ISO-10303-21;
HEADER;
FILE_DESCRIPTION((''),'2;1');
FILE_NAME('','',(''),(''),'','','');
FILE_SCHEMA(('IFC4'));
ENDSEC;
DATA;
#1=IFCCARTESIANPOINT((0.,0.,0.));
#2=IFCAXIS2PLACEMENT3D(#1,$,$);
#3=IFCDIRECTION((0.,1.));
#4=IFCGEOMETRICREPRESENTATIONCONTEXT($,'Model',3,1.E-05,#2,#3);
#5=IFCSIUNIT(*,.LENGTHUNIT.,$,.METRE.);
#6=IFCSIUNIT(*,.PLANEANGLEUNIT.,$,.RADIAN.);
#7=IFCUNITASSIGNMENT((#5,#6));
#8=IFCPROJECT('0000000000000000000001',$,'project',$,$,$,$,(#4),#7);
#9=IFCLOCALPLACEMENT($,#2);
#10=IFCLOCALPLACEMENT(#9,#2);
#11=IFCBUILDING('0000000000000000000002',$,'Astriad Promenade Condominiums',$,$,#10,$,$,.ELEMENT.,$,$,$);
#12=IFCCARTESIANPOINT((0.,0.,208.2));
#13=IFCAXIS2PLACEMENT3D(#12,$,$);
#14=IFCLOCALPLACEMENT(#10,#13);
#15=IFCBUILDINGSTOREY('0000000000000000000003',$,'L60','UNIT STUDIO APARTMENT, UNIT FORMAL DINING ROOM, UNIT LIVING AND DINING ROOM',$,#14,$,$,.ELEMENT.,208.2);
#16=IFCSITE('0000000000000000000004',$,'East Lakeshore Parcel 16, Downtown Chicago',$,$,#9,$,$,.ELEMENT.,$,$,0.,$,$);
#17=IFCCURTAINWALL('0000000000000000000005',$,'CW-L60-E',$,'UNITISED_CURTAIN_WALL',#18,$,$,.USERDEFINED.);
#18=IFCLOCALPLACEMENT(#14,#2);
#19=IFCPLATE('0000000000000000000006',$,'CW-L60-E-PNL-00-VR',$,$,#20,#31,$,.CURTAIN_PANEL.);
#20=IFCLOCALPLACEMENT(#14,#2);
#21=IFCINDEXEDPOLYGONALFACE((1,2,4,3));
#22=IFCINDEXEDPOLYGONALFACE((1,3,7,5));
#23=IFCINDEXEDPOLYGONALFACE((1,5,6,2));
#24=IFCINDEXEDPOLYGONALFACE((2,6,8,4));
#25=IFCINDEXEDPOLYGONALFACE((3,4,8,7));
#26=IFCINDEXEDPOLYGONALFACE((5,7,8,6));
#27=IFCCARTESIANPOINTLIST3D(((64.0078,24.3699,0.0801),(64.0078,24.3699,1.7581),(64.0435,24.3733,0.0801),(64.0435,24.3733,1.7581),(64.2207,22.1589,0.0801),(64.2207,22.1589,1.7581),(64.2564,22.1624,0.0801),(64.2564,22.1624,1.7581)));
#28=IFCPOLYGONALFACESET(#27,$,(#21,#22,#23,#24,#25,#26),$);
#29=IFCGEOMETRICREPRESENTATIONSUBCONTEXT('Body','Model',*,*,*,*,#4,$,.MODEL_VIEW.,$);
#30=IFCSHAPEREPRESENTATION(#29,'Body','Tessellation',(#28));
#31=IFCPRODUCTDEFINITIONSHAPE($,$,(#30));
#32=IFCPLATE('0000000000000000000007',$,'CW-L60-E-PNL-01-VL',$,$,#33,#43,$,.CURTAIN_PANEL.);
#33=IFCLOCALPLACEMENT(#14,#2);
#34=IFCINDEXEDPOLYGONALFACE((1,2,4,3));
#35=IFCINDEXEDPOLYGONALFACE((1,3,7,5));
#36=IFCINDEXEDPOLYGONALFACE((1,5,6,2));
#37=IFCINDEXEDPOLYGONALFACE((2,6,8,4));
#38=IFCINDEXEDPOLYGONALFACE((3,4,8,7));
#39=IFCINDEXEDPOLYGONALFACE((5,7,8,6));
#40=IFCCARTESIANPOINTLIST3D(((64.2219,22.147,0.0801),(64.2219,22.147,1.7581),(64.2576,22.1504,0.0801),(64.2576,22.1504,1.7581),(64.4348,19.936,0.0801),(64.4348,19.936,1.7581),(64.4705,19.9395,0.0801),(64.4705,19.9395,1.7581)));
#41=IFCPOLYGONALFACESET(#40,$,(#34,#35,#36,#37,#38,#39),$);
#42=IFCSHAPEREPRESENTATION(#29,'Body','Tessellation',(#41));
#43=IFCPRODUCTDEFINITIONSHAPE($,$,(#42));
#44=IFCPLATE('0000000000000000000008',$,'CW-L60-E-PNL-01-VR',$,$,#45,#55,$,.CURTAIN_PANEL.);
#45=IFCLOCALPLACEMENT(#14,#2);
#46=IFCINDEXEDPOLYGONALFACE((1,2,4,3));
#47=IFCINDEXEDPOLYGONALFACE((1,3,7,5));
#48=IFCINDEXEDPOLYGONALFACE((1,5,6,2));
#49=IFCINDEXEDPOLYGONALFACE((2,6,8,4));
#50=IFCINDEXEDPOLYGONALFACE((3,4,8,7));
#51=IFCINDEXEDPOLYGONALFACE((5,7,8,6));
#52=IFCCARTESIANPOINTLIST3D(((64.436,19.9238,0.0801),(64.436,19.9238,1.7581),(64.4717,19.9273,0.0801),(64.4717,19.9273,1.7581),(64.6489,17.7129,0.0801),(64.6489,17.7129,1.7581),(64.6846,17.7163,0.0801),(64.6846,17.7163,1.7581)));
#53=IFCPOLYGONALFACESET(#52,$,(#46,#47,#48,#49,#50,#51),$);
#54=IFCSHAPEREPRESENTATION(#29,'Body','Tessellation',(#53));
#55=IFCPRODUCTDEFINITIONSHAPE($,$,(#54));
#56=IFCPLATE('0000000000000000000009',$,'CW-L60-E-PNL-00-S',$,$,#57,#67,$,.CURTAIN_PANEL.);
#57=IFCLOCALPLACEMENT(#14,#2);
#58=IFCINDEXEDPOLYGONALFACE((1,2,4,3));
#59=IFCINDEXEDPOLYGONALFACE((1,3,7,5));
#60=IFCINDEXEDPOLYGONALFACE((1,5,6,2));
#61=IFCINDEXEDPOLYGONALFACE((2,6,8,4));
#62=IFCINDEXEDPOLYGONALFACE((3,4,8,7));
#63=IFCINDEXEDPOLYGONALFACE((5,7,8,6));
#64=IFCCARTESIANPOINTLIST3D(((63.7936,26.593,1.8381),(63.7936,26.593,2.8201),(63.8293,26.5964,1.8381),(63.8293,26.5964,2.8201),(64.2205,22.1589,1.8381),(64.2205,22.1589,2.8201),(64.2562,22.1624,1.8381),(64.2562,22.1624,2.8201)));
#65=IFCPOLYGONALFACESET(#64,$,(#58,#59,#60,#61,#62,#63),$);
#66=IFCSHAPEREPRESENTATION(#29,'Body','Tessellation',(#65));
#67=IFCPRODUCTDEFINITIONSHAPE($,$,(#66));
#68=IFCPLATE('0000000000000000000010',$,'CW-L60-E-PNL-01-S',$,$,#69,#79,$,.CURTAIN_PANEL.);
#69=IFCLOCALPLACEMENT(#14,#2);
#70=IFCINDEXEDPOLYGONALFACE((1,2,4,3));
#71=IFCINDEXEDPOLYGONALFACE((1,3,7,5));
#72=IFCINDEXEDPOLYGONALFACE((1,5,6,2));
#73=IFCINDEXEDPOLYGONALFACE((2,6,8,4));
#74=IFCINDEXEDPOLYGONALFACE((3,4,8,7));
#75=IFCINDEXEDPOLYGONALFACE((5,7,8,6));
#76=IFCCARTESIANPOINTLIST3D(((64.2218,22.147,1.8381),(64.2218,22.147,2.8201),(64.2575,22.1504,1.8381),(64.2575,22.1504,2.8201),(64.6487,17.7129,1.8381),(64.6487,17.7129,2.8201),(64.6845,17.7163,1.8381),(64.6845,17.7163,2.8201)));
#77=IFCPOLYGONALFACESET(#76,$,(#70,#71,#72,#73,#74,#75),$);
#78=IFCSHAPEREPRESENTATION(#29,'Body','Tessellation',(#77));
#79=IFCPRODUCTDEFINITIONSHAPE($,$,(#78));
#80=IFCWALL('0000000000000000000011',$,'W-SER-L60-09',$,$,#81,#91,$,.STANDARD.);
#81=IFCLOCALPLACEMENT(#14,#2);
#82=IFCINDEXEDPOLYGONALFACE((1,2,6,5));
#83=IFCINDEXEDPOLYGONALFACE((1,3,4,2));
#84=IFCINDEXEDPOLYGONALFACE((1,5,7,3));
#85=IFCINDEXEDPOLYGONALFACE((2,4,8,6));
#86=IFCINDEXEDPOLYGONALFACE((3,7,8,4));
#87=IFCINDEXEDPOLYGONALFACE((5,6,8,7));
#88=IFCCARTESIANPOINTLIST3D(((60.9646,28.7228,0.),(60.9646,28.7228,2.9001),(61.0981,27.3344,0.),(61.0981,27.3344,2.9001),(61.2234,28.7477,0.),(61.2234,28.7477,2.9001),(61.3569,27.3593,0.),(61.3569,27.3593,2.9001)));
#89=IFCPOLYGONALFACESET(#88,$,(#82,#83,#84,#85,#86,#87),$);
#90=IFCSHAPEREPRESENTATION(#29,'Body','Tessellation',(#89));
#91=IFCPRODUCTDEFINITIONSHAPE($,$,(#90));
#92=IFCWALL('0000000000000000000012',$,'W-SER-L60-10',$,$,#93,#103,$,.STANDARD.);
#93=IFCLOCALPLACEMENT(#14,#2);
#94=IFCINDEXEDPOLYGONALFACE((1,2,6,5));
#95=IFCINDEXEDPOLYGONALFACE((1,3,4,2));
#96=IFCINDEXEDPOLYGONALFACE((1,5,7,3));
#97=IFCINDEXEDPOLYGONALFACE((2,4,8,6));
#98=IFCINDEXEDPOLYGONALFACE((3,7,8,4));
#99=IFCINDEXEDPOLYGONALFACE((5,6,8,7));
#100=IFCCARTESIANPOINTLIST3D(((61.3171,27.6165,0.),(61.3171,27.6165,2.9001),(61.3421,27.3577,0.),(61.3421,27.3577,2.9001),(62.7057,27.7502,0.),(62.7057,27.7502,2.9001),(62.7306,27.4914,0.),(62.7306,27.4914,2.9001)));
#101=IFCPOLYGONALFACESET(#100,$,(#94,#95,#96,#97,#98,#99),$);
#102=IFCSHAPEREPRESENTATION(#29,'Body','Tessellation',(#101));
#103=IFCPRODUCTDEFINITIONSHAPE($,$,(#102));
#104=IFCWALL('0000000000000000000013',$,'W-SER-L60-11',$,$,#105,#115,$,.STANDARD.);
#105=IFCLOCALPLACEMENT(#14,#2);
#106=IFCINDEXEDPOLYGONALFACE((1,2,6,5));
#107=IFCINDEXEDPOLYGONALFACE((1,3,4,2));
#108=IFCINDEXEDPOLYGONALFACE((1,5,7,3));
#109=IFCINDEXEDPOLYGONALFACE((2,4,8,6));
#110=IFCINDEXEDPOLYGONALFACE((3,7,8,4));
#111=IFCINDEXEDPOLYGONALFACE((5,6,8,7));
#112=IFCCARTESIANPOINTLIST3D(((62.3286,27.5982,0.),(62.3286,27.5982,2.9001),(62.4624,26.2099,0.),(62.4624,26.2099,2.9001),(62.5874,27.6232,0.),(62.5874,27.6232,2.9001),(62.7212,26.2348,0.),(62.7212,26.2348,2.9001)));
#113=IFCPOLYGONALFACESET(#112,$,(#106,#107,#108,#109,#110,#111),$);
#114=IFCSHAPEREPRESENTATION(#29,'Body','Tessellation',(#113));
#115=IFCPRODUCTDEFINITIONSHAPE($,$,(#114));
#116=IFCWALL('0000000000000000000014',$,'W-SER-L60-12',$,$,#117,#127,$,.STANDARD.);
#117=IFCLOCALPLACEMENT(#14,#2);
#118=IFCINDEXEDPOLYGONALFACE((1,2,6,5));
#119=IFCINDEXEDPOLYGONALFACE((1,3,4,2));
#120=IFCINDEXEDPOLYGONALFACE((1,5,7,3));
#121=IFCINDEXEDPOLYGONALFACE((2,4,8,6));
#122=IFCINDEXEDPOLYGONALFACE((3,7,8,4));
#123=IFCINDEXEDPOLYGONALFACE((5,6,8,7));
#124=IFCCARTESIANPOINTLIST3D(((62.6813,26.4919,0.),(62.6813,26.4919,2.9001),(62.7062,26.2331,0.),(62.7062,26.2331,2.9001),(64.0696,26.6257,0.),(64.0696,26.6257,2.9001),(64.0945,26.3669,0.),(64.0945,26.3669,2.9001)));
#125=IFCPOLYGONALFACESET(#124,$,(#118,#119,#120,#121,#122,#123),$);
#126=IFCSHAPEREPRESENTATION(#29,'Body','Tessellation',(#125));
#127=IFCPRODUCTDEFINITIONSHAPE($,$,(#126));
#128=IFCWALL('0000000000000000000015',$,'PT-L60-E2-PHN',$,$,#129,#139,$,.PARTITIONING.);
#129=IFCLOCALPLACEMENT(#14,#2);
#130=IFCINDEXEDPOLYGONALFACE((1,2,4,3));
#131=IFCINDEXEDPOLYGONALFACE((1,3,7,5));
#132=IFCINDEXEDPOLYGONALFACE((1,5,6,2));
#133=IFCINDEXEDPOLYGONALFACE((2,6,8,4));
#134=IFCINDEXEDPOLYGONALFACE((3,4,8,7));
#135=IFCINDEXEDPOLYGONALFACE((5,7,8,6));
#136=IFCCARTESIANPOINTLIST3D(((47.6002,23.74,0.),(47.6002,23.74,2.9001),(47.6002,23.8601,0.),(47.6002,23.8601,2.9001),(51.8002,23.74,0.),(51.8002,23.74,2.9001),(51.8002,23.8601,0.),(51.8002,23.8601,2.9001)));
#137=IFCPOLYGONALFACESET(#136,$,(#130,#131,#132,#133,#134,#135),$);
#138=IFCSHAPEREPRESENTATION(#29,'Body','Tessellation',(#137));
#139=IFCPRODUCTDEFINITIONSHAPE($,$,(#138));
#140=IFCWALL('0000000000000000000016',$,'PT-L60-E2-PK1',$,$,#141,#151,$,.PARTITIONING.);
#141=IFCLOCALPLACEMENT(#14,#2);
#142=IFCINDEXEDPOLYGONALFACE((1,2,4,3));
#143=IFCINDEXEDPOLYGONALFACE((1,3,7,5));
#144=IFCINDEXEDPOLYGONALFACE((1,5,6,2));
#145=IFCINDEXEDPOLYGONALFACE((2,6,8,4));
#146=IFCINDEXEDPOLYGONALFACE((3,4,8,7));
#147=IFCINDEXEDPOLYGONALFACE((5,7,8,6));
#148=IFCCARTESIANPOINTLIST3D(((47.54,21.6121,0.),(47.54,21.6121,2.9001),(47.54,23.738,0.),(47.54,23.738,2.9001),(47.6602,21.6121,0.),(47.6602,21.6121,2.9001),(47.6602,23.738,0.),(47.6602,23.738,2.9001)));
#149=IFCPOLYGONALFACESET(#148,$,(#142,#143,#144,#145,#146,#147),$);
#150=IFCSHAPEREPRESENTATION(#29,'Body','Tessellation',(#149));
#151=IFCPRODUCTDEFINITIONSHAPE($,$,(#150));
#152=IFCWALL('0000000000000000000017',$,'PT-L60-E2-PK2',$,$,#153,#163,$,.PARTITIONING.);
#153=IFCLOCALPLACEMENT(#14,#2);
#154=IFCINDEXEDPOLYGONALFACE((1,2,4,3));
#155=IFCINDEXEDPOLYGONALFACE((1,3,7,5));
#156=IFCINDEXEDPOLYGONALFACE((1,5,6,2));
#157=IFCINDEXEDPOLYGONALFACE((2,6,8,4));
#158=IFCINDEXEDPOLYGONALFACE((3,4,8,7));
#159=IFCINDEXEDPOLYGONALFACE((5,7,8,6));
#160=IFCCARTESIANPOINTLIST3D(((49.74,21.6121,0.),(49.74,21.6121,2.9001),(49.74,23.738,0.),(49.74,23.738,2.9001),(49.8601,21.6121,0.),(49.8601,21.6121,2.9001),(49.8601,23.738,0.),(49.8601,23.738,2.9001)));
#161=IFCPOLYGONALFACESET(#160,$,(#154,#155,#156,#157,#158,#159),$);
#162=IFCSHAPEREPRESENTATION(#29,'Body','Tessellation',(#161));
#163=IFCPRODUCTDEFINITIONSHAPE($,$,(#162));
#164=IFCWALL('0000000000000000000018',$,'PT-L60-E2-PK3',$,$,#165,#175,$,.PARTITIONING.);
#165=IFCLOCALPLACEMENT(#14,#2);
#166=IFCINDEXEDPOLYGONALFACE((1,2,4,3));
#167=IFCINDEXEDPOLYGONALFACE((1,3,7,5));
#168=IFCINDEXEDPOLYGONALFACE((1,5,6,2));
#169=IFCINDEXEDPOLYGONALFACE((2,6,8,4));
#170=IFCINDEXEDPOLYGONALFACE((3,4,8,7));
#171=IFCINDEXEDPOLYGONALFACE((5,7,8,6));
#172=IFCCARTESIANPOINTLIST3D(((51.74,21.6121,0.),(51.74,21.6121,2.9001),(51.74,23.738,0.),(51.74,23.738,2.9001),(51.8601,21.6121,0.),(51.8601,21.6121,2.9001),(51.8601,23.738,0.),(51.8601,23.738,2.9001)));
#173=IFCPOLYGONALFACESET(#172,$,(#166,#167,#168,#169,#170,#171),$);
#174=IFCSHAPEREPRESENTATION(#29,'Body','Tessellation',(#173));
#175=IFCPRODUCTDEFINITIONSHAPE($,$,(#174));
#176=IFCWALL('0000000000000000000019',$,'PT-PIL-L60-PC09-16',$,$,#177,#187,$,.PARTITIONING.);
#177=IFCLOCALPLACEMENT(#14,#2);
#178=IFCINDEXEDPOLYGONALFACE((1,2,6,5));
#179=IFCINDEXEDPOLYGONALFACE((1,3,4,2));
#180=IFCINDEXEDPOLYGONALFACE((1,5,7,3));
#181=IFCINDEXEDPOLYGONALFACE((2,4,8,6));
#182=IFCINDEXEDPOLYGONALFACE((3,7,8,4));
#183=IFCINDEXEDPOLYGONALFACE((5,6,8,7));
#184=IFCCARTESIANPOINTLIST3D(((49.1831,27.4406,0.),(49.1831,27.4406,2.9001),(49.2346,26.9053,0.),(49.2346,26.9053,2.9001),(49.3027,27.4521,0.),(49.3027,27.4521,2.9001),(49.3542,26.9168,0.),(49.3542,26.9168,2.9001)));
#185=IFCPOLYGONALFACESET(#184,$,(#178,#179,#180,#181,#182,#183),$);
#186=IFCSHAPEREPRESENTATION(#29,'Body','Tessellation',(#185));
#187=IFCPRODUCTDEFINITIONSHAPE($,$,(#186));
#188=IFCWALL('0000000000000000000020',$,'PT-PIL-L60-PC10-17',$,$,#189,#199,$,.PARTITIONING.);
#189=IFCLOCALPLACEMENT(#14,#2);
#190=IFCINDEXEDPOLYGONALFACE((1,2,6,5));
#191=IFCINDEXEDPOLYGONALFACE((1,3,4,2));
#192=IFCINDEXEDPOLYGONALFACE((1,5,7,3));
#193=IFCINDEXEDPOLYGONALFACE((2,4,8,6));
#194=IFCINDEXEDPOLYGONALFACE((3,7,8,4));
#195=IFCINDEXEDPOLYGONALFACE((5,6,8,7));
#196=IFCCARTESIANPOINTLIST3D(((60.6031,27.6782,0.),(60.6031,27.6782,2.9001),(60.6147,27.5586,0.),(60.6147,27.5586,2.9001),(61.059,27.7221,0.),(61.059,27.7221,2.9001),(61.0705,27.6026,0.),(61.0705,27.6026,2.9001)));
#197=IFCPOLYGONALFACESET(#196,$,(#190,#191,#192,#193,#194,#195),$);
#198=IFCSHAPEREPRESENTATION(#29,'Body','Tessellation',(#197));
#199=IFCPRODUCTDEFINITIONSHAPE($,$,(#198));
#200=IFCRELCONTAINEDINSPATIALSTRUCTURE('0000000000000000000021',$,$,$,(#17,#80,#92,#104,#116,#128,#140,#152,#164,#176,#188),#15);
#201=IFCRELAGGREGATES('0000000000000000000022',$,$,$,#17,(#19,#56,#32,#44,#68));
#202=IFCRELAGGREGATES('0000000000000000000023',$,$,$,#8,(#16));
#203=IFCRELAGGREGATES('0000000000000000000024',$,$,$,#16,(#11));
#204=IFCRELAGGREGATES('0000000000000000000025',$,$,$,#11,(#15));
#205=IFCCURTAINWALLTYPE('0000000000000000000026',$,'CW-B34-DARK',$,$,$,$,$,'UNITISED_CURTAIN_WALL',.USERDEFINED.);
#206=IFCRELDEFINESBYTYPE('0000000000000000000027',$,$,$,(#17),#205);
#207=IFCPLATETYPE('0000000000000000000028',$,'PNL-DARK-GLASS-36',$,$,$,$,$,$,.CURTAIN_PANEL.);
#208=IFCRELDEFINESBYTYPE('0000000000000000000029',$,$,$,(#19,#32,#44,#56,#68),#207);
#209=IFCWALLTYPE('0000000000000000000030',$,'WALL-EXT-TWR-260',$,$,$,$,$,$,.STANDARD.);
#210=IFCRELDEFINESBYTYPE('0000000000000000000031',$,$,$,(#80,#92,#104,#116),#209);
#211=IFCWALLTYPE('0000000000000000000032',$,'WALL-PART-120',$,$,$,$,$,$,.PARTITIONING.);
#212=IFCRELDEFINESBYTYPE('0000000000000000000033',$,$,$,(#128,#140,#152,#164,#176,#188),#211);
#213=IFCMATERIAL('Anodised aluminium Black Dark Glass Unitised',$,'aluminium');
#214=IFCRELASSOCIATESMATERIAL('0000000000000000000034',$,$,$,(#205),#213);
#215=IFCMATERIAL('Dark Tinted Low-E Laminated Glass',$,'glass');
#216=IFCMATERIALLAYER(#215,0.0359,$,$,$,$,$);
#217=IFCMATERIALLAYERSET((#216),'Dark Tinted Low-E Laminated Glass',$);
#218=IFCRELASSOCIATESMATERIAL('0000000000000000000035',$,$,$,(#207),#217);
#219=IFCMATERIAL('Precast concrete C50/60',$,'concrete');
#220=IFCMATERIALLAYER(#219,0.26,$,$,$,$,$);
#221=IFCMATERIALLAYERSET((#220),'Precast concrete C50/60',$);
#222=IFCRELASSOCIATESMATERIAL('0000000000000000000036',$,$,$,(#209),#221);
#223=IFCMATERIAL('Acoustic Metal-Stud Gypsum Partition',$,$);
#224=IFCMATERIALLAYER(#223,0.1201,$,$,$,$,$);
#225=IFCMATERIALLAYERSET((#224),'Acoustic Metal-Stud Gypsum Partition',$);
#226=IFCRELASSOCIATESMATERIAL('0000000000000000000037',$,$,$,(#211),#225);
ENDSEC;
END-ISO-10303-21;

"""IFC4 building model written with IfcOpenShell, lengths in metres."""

from ifc_helpers import new_model, si_unit, direction, frame, frame_2d, origin, origin_2d, place, context, subcontext, project, spatial, rectangle, extrude, source, transform, mapped, material, layer, layer_set, type_object, type_shapes, element, aggregate, save


model = new_model("IFC4")

# Units and contexts
model_context = context("Model", 3, precision=1e-05, world=origin(), true_north=direction((0.0, 1.0)))
body_context = subcontext(model_context, "Body", "Model", "MODEL_VIEW")
ifc_project = project(units=[si_unit("LENGTHUNIT", "METRE"), si_unit("PLANEANGLEUNIT", "RADIAN")], contexts=[model_context])

# Site, building, storey
site_placement = place(None, origin())
site = spatial("IfcSite", under=ifc_project, at=site_placement, Name="East Lakeshore Parcel 16, Downtown Chicago", CompositionType="ELEMENT", RefElevation=0.0)
building_placement = place(site_placement, origin())
building = spatial("IfcBuilding", under=site, at=building_placement, Name="Astriad Promenade Condominiums", CompositionType="ELEMENT")
storey_placement = place(building_placement, frame((0.0, 0.0, 208.2)))
storey = spatial("IfcBuildingStorey", under=building, at=storey_placement, Name="L60", Description="UNIT STUDIO APARTMENT, UNIT FORMAL DINING ROOM, UNIT LIVING AND DINING ROOM", CompositionType="ELEMENT", Elevation=208.2)

# Curtain wall, plates
ifc_material_1 = material(Name="Anodised aluminium Black Dark Glass Unitised", Category="aluminium")
curtain_wall_type = type_object("IfcCurtainWallType", Name="CW-B34-DARK", ElementType="UNITISED_CURTAIN_WALL", PredefinedType="USERDEFINED", material=ifc_material_1)
curtain_wall_placement = place(storey_placement, origin())
curtain_wall = element("IfcCurtainWall", 1, at=curtain_wall_placement, inside=storey, type_object=curtain_wall_type, Name="CW-L60-E", ObjectType="UNITISED_CURTAIN_WALL", PredefinedType="USERDEFINED")
ifc_material_2 = material(Name="Dark Tinted Low-E Laminated Glass", Category="glass")
ifc_layer_1 = layer(ifc_material_2, 0.0359)
ifc_layer_set_1 = layer_set([ifc_layer_1], Name="Dark Tinted Low-E Laminated Glass")
plate_type = type_object("IfcPlateType", Name="PNL-DARK-GLASS-36", PredefinedType="CURTAIN_PANEL", material=ifc_layer_set_1)
shared_shape_1 = source(origin(), body_context, "Body", "SweptSolid", [
    extrude(rectangle(XDim=2.2212, YDim=0.0359, at=origin_2d()), origin(), (0.0, 0.0, 1.0), 1.678),
])
plate_1_placement = place(storey_placement, frame((64.1321, 23.2661, 0.0801), z_axis=(0.0, 0.0, 1.0), x_axis=(0.095846, -0.995396, 0.0)))
plate_1 = element("IfcPlate", 2, at=plate_1_placement, type_object=plate_type, Name="CW-L60-E-PNL-00-VR", PredefinedType="CURTAIN_PANEL", context=body_context, shape_type="MappedRepresentation", body=[
    mapped(shared_shape_1, transform((0.0, 0.0, 0.0), scale=1.0)),
])
plate_2_placement = place(storey_placement, frame((64.3462, 21.0432, 0.0801), z_axis=(0.0, 0.0, 1.0), x_axis=(0.095846, -0.995396, 0.0)))
plate_2 = element("IfcPlate", 3, at=plate_2_placement, type_object=plate_type, Name="CW-L60-E-PNL-01-VL", PredefinedType="CURTAIN_PANEL", context=body_context, shape_type="MappedRepresentation", body=[
    mapped(shared_shape_1, transform((0.0, 0.0, 0.0), scale=1.0)),
])
plate_3_placement = place(storey_placement, frame((64.5603, 18.8201, 0.0801), z_axis=(0.0, 0.0, 1.0), x_axis=(0.095846, -0.995396, 0.0)))
plate_3 = element("IfcPlate", 4, at=plate_3_placement, type_object=plate_type, Name="CW-L60-E-PNL-01-VR", PredefinedType="CURTAIN_PANEL", context=body_context, shape_type="MappedRepresentation", body=[
    mapped(shared_shape_1, transform((0.0, 0.0, 0.0), scale=1.0)),
])
shared_shape_2 = source(origin(), body_context, "Body", "SweptSolid", [
    extrude(rectangle(XDim=4.4546, YDim=0.0359, at=origin_2d()), origin(), (0.0, 0.0, 1.0), 0.9819),
])
type_shapes(plate_type, [shared_shape_1, shared_shape_2])
plate_4_placement = place(storey_placement, frame((64.0249, 24.3777, 1.8381), z_axis=(0.0, 0.0, 1.0), x_axis=(0.095846, -0.995396, 0.0)))
plate_4 = element("IfcPlate", 5, at=plate_4_placement, type_object=plate_type, Name="CW-L60-E-PNL-00-S", PredefinedType="CURTAIN_PANEL", context=body_context, shape_type="MappedRepresentation", body=[
    mapped(shared_shape_2, transform((0.0, 0.0, 0.0), scale=1.0)),
])
plate_5_placement = place(storey_placement, frame((64.4531, 19.9316, 1.8381), z_axis=(0.0, 0.0, 1.0), x_axis=(0.095846, -0.995396, 0.0)))
plate_5 = element("IfcPlate", 6, at=plate_5_placement, type_object=plate_type, Name="CW-L60-E-PNL-01-S", PredefinedType="CURTAIN_PANEL", context=body_context, shape_type="MappedRepresentation", body=[
    mapped(shared_shape_2, transform((0.0, 0.0, 0.0), scale=1.0)),
])
aggregate(curtain_wall, [plate_1, plate_4, plate_2, plate_3, plate_5])

# Walls
ifc_material_3 = material(Name="Precast concrete C50/60", Category="concrete")
ifc_layer_2 = layer(ifc_material_3, 0.26)
ifc_layer_set_2 = layer_set([ifc_layer_2], Name="Precast concrete C50/60")
wall_type_1 = type_object("IfcWallType", Name="WALL-EXT-TWR-260", PredefinedType="STANDARD", material=ifc_layer_set_2)
wall_1_placement = place(storey_placement, frame((61.094, 28.7351, 0.0), z_axis=(0.0, 0.0, 1.0), x_axis=(0.095742, -0.995406, 0.0)))
element("IfcWall", 7, at=wall_1_placement, inside=storey, type_object=wall_type_1, Name="W-SER-L60-09", PredefinedType="STANDARD", context=body_context, shape_type="SweptSolid", body=[
    extrude(rectangle(XDim=1.3948, YDim=0.26, at=frame_2d((0.6973, 0.0))), origin(), (0.0, 0.0, 1.0), 2.9001),
])
wall_2_placement = place(storey_placement, frame((61.3296, 27.4871, 0.0), z_axis=(0.0, 0.0, 1.0), x_axis=(0.995391, 0.095899, 0.0)))
element("IfcWall", 8, at=wall_2_placement, inside=storey, type_object=wall_type_1, Name="W-SER-L60-10", PredefinedType="STANDARD", context=body_context, shape_type="SweptSolid", body=[
    extrude(rectangle(XDim=1.395, YDim=0.26, at=frame_2d((0.6975, 0.0))), origin(), (0.0, 0.0, 1.0), 2.9001),
])
for number, where, z_axis, x_axis, name in (
    (9, (62.458, 27.6106, 0.0), (0.0, 0.0, 1.0), (0.095916, -0.995389, 0.0), "W-SER-L60-11"),
    (10, (62.6938, 26.3625, 0.0), (0.0, 0.0, 1.0), (0.995389, 0.095916, 0.0), "W-SER-L60-12"),
):
    element("IfcWall", number, at=place(storey_placement, frame(where, z_axis=z_axis, x_axis=x_axis)), inside=storey, type_object=wall_type_1, Name=name, PredefinedType="STANDARD", context=body_context, shape_type="SweptSolid", body=[
        extrude(rectangle(XDim=1.3948, YDim=0.26, at=frame_2d((0.6973, 0.0))), origin(), (0.0, 0.0, 1.0), 2.9001),
    ])
ifc_material_4 = material(Name="Acoustic Metal-Stud Gypsum Partition")
ifc_layer_3 = layer(ifc_material_4, 0.1201)
ifc_layer_set_3 = layer_set([ifc_layer_3], Name="Acoustic Metal-Stud Gypsum Partition")
wall_type_2 = type_object("IfcWallType", Name="WALL-PART-120", PredefinedType="PARTITIONING", material=ifc_layer_set_3)
wall_3_placement = place(storey_placement, frame((47.6001, 23.8, 0.0), z_axis=(0.0, 0.0, 1.0), x_axis=(1.0, 0.0, 0.0)))
element("IfcWall", 11, at=wall_3_placement, inside=storey, type_object=wall_type_2, Name="PT-L60-E2-PHN", PredefinedType="PARTITIONING", context=body_context, shape_type="SweptSolid", body=[
    extrude(rectangle(XDim=4.2, YDim=0.1201, at=frame_2d((2.1001, 0.0))), origin(), (0.0, 0.0, 1.0), 2.9001),
])
for number, where, z_axis, x_axis, name in (
    (12, (47.6001, 21.6121, 0.0), (0.0, 0.0, 1.0), (0.0, 1.0, 0.0), "PT-L60-E2-PK1"),
    (13, (49.8, 21.6121, 0.0), (0.0, 0.0, 1.0), (0.0, 1.0, 0.0), "PT-L60-E2-PK2"),
    (14, (51.8, 21.6121, 0.0), (0.0, 0.0, 1.0), (0.0, 1.0, 0.0), "PT-L60-E2-PK3"),
):
    element("IfcWall", number, at=place(storey_placement, frame(where, z_axis=z_axis, x_axis=x_axis)), inside=storey, type_object=wall_type_2, Name=name, PredefinedType="PARTITIONING", context=body_context, shape_type="SweptSolid", body=[
        extrude(rectangle(XDim=2.126, YDim=0.1201, at=frame_2d((1.063, 0.0))), origin(), (0.0, 0.0, 1.0), 2.9001),
    ])
wall_4_placement = place(storey_placement, frame((49.2944, 26.9109, 0.0), z_axis=(0.0, 0.0, 1.0), x_axis=(-0.095773, 0.995403, 0.0)))
element("IfcWall", 15, at=wall_4_placement, inside=storey, type_object=wall_type_2, Name="PT-PIL-L60-PC09-16", PredefinedType="PARTITIONING", context=body_context, shape_type="SweptSolid", body=[
    extrude(rectangle(XDim=0.5378, YDim=0.1201, at=frame_2d((0.269, 0.0))), origin(), (0.0, 0.0, 1.0), 2.9001),
])
wall_5_placement = place(storey_placement, frame((60.6089, 27.6184, 0.0), z_axis=(0.0, 0.0, 1.0), x_axis=(0.995385, 0.095966, 0.0)))
element("IfcWall", 16, at=wall_5_placement, inside=storey, type_object=wall_type_2, Name="PT-PIL-L60-PC10-17", PredefinedType="PARTITIONING", context=body_context, shape_type="SweptSolid", body=[
    extrude(rectangle(XDim=0.458, YDim=0.1201, at=frame_2d((0.229, 0.0))), origin(), (0.0, 0.0, 1.0), 2.9001),
])

save(model, "model.ifc")
